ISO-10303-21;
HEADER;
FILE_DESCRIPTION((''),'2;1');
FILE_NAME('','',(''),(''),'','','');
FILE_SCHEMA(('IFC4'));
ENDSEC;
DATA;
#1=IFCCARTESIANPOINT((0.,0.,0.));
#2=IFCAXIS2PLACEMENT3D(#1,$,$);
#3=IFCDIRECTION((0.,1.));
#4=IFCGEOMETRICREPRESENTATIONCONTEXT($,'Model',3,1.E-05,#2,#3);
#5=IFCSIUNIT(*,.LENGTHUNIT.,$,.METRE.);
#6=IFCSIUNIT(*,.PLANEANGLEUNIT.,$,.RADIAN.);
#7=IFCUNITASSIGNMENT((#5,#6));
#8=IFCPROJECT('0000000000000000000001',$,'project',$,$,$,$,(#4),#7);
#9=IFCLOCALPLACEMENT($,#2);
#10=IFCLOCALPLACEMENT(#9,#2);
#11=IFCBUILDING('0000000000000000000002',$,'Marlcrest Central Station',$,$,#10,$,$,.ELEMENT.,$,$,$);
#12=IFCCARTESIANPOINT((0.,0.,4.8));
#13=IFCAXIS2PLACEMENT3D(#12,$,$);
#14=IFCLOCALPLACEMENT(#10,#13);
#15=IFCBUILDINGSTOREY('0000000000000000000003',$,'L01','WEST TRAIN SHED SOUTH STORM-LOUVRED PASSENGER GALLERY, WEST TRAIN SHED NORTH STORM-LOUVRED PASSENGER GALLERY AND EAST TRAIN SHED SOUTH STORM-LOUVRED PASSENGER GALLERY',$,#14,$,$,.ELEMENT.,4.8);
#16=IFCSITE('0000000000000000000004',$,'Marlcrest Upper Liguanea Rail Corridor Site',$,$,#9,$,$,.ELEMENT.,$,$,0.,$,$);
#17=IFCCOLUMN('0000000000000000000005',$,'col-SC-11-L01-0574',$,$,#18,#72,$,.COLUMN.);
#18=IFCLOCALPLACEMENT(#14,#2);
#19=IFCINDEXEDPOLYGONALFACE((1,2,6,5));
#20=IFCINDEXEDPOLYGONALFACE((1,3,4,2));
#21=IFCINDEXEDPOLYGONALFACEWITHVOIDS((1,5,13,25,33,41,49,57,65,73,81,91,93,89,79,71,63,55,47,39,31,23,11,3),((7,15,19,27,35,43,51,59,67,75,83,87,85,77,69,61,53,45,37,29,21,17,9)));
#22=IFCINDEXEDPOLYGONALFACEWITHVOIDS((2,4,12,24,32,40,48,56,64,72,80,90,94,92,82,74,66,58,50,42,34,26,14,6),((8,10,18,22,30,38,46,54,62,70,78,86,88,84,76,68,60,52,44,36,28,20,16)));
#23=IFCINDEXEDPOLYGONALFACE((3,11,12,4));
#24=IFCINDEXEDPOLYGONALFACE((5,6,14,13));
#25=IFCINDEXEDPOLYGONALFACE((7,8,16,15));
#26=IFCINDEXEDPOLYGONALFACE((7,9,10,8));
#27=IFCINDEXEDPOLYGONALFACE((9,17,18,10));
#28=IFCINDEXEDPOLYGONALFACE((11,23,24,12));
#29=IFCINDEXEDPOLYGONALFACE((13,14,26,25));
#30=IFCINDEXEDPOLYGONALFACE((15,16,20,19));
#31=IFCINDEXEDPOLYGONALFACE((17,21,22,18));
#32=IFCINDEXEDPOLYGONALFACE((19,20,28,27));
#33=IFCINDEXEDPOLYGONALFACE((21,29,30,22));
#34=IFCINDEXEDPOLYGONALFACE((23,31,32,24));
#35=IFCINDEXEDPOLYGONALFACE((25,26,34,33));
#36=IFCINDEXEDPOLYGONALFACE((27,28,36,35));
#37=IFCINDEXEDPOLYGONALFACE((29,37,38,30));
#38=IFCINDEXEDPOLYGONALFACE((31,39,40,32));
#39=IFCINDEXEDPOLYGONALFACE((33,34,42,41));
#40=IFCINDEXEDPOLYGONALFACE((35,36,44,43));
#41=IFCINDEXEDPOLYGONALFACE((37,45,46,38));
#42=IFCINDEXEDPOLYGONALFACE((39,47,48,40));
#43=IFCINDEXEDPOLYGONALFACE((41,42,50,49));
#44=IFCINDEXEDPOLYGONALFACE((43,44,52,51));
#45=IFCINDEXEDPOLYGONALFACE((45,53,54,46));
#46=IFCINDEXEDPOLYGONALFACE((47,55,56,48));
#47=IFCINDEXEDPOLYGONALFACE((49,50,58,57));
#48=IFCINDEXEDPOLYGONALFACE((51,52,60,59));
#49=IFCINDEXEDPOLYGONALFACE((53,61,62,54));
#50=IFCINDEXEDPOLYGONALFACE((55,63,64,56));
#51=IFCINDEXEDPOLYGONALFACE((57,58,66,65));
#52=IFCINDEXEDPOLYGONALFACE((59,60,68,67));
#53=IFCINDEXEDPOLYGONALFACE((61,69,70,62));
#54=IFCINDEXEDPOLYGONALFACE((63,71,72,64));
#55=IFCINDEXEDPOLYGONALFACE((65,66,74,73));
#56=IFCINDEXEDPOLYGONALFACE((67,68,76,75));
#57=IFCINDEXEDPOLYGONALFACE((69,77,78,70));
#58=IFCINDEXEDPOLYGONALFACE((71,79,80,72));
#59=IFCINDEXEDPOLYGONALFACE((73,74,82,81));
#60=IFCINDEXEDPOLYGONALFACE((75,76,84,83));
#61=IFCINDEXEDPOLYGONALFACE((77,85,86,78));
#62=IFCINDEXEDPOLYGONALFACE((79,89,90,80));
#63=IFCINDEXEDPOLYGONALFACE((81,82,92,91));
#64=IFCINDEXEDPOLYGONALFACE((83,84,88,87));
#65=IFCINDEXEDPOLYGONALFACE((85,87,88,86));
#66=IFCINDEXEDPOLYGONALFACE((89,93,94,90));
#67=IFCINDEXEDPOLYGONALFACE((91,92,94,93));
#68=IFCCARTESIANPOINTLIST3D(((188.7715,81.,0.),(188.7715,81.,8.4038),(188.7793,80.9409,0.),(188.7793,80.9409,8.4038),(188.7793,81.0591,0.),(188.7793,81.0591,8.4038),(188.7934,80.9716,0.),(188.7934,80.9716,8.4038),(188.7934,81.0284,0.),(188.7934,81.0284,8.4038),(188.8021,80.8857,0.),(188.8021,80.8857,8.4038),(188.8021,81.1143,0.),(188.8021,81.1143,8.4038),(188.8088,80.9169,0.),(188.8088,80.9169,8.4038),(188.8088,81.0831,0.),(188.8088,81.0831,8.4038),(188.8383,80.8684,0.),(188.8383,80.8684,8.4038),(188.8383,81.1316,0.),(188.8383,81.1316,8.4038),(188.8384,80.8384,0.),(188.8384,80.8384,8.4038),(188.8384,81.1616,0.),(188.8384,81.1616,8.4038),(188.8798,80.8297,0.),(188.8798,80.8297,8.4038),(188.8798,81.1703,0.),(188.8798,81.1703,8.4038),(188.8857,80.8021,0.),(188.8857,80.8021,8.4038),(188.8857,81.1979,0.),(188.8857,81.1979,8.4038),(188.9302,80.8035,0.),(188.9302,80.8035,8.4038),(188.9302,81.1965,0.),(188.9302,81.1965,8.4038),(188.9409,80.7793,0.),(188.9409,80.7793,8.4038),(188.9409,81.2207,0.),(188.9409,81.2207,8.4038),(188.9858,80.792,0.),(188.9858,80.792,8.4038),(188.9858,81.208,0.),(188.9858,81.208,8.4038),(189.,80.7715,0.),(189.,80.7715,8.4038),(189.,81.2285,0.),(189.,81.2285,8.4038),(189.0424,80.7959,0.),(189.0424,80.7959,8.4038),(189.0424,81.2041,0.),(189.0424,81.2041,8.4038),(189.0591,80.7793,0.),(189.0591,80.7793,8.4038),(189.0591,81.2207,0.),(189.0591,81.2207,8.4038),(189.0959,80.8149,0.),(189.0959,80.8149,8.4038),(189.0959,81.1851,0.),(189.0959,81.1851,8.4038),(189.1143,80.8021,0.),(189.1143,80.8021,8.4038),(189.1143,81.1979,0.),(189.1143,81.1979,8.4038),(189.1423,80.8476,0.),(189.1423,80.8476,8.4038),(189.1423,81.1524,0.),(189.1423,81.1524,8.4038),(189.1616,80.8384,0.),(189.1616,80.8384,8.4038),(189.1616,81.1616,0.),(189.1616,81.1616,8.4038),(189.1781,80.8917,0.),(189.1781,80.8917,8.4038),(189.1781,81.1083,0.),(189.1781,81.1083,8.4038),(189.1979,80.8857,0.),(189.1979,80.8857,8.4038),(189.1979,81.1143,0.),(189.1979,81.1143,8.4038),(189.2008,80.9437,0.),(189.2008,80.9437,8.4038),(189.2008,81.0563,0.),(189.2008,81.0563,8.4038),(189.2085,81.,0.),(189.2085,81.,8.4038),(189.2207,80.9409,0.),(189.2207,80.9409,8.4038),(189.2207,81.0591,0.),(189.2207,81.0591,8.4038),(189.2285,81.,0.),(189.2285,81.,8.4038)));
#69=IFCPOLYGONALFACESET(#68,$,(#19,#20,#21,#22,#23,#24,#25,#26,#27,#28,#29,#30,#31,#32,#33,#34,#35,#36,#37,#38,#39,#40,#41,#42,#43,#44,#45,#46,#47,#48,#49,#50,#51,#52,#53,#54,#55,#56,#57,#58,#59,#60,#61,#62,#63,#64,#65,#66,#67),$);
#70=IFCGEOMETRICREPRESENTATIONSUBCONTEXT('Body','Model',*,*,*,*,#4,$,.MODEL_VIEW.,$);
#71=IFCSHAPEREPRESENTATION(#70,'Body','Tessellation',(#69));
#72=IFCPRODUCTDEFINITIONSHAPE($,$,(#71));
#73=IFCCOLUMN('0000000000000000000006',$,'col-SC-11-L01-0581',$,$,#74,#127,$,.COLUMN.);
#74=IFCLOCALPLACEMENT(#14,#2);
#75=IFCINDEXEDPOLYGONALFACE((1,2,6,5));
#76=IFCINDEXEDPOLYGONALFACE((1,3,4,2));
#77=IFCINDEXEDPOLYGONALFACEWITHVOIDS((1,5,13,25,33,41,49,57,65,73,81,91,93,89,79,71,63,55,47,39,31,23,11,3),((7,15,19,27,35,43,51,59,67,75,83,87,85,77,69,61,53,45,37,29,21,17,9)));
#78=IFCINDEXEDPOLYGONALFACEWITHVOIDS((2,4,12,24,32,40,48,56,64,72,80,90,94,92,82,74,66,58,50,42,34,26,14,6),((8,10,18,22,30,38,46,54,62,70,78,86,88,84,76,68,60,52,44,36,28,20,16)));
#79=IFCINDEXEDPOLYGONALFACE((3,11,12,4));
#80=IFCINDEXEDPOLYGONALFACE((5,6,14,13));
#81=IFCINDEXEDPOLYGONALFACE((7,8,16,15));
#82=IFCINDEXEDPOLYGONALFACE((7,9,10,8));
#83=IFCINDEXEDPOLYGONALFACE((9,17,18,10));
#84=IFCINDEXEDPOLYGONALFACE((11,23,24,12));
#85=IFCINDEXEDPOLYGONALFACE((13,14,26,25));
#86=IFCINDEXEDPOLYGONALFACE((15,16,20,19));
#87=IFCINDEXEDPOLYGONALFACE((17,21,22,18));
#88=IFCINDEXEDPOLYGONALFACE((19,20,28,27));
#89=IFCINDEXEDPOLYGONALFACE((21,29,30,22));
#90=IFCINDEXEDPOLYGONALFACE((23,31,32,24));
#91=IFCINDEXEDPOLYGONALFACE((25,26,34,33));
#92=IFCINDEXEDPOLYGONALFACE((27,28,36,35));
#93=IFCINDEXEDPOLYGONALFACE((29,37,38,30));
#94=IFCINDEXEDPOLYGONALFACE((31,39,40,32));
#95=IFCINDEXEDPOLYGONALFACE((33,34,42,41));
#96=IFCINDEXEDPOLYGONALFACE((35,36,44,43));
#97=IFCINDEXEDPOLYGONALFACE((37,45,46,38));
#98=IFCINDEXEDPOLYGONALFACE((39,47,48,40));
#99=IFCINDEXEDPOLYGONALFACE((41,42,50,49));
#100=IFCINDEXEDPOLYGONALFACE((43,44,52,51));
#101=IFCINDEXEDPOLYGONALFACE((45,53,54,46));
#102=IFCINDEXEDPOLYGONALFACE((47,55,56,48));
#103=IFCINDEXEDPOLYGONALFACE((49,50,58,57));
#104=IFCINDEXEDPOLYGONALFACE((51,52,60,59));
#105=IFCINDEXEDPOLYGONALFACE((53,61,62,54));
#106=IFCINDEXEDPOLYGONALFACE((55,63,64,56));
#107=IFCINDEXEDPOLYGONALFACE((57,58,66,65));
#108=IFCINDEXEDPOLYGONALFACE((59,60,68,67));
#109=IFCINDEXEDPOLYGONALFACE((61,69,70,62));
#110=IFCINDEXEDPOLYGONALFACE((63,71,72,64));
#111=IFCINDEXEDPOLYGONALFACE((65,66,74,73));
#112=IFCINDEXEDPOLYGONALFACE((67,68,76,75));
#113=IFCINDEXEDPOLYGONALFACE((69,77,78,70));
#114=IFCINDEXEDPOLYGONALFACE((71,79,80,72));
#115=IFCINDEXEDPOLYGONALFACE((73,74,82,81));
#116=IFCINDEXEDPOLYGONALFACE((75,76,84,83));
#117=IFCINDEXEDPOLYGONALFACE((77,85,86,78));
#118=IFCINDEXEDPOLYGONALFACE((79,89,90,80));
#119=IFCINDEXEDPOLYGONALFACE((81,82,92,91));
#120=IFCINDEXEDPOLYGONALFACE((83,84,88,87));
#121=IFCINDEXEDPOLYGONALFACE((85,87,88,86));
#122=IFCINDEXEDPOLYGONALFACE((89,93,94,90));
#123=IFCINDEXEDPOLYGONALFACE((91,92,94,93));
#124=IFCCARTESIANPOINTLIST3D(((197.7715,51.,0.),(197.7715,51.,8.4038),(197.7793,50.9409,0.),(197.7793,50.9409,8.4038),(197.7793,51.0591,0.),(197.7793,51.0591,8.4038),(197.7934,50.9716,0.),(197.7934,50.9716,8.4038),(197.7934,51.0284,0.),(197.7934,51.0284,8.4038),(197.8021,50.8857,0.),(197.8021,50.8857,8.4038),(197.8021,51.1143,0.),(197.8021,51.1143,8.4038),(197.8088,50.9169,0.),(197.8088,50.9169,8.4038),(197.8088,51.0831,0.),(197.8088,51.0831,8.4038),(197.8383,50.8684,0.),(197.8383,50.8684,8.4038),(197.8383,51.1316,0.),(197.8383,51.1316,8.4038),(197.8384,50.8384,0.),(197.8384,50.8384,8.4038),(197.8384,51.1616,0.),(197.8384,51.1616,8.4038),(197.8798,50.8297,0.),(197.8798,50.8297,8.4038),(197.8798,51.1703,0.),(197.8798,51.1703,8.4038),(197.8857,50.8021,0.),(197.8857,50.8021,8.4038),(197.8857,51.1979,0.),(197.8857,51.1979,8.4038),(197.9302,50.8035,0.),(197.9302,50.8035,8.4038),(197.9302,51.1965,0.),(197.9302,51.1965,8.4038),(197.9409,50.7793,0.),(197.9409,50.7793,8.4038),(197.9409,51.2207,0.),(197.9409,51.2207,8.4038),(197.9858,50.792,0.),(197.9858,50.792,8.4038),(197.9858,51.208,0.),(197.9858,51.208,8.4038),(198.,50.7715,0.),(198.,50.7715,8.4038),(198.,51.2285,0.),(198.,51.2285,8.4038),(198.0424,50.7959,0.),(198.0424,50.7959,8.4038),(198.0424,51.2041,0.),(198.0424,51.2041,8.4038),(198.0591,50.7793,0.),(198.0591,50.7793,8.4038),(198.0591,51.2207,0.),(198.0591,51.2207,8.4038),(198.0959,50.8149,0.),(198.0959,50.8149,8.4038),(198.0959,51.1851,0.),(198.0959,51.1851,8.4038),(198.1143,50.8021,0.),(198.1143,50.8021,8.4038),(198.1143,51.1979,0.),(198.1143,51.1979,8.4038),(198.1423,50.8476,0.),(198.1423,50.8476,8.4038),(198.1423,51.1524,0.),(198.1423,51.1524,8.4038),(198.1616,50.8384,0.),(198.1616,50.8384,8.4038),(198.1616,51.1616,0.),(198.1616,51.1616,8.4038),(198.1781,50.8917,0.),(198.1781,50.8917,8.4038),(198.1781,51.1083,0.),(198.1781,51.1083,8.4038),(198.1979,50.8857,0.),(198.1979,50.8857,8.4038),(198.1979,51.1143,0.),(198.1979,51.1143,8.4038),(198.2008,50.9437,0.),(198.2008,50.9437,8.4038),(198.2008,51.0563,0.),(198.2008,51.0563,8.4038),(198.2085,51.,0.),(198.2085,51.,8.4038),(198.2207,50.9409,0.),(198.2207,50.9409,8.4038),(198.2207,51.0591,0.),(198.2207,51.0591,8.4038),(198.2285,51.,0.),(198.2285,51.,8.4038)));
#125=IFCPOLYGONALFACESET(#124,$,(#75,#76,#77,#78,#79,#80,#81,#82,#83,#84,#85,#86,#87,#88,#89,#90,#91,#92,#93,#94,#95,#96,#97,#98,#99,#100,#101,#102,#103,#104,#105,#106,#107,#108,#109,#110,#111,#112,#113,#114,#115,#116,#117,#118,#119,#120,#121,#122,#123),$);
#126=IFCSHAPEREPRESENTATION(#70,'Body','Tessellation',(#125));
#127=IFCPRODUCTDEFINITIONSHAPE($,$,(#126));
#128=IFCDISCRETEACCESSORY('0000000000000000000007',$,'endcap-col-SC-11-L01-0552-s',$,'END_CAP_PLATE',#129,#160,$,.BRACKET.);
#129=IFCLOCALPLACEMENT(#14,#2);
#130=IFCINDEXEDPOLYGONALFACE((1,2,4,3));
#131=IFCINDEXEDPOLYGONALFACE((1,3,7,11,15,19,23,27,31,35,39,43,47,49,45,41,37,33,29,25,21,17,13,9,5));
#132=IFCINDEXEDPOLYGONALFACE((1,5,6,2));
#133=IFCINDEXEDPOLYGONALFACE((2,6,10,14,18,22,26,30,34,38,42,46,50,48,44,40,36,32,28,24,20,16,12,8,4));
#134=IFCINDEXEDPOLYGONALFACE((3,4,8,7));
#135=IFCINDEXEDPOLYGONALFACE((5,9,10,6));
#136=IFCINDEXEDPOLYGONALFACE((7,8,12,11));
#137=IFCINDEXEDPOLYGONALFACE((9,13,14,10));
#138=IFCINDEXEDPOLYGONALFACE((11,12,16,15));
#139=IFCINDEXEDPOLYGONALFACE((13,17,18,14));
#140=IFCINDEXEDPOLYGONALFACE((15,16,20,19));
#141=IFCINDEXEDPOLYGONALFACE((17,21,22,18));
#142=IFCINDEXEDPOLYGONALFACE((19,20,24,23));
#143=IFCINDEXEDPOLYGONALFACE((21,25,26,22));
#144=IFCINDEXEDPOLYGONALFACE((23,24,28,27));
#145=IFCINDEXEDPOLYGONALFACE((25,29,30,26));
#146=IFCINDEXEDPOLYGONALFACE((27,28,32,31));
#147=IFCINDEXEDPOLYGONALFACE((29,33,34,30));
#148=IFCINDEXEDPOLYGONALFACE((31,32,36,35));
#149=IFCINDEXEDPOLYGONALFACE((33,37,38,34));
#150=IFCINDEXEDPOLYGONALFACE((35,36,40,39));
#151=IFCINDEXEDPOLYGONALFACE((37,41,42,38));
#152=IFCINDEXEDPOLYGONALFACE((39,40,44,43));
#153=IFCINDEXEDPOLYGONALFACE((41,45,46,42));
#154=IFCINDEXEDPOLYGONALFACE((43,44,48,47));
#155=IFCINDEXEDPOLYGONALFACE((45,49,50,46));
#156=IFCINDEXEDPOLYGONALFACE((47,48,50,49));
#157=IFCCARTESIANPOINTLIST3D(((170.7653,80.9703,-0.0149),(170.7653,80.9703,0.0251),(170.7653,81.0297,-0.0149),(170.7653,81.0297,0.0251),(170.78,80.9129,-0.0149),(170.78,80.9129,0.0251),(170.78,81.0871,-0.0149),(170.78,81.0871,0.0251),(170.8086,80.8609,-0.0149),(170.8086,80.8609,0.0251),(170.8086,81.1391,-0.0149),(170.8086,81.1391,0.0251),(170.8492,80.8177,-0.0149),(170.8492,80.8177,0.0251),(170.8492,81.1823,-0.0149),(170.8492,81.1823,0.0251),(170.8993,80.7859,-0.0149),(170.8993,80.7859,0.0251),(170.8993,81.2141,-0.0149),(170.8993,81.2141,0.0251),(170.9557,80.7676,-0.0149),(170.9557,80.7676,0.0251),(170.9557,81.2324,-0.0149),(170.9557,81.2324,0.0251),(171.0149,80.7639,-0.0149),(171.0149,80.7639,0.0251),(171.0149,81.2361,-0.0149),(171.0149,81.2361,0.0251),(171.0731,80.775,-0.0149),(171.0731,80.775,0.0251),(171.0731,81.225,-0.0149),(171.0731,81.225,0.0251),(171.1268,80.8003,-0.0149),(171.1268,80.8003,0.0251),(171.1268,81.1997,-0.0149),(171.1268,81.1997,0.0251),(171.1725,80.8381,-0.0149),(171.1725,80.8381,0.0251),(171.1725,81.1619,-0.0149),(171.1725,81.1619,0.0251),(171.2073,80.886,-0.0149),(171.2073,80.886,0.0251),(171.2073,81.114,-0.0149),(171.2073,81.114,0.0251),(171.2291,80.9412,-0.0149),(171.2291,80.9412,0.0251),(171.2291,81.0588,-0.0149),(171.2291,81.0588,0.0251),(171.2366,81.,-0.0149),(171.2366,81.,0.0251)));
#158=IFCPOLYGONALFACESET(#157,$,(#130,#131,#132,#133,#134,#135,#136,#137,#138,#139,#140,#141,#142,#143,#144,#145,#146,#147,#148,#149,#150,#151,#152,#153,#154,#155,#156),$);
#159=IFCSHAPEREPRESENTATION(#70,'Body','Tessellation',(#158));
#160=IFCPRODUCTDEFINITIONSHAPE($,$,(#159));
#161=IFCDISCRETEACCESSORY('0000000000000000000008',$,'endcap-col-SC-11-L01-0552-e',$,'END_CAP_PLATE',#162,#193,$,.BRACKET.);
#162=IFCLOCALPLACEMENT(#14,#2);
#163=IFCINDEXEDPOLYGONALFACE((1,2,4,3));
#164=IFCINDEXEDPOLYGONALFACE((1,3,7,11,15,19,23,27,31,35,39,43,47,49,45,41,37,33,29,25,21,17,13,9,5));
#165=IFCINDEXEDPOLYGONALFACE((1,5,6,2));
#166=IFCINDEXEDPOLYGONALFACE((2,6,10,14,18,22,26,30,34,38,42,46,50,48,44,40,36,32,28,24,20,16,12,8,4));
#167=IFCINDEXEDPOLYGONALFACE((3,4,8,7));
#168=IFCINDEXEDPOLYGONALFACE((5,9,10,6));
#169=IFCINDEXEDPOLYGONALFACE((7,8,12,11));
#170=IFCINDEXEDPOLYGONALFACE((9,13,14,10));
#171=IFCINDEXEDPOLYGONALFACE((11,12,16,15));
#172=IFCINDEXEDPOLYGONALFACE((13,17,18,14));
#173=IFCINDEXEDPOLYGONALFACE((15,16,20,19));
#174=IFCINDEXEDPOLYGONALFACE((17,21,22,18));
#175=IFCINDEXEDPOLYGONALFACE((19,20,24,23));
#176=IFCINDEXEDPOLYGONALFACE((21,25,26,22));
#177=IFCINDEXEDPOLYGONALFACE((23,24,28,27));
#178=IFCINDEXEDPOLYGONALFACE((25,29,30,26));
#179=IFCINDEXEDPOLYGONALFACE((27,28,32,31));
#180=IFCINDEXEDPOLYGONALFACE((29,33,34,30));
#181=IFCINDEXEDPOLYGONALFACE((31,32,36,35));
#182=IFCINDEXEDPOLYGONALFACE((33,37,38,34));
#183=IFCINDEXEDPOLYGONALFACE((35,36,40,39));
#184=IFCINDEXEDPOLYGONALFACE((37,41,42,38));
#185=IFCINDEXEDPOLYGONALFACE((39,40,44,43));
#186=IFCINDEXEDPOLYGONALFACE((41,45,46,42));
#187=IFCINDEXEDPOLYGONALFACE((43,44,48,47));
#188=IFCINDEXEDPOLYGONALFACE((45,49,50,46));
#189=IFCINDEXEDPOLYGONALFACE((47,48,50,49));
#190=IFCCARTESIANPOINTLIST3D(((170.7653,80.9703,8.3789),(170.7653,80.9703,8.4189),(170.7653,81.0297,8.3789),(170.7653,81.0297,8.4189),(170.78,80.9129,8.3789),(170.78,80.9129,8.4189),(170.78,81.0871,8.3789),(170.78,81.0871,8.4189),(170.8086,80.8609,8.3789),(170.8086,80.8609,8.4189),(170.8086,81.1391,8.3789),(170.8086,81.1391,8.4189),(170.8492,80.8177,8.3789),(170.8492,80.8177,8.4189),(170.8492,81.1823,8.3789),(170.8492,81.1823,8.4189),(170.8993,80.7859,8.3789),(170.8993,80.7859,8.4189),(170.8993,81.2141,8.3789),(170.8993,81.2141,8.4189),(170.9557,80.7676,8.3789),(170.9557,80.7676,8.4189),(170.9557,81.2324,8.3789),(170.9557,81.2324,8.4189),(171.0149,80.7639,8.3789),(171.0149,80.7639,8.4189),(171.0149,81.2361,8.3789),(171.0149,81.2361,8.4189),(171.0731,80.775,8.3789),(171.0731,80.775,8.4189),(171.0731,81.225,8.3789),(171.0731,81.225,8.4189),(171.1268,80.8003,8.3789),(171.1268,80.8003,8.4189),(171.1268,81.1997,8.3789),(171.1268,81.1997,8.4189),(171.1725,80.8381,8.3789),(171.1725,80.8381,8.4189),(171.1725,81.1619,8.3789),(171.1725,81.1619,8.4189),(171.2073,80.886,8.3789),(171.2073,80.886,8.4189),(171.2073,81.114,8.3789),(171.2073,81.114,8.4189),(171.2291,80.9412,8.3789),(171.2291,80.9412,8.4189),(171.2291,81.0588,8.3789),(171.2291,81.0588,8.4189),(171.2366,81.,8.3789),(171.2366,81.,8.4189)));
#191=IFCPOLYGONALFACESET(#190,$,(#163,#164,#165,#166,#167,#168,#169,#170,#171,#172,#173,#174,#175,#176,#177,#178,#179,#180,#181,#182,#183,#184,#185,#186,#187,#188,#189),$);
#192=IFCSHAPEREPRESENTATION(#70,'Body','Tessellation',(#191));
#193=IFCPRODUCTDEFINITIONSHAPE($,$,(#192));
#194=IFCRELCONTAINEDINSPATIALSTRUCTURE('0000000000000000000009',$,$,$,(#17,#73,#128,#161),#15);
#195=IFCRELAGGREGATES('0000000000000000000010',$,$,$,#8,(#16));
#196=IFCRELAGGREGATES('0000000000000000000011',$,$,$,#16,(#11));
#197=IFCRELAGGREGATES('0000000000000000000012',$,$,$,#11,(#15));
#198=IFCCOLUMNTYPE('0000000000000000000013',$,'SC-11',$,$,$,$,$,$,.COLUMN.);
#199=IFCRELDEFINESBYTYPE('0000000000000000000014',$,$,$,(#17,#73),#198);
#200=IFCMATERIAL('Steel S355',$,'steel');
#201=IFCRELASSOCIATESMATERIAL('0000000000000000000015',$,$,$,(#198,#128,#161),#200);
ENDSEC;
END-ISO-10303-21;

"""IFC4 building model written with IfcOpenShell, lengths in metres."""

from ifc_helpers import new_model, si_unit, direction, frame, origin, origin_2d, place, context, subcontext, project, spatial, circle, hollow_circle, extrude, material, material_profile, profile_set, type_object, element, save


model = new_model("IFC4")

# Units and contexts
model_context = context("Model", 3, precision=1e-05, world=origin(), true_north=direction((0.0, 1.0)))
body_context = subcontext(model_context, "Body", "Model", "MODEL_VIEW")
ifc_project = project(units=[si_unit("LENGTHUNIT", "METRE"), si_unit("PLANEANGLEUNIT", "RADIAN")], contexts=[model_context])

# Site, building, storey
site_placement = place(None, origin())
site = spatial("IfcSite", under=ifc_project, at=site_placement, Name="Marlcrest Upper Liguanea Rail Corridor Site", CompositionType="ELEMENT", RefElevation=0.0)
building_placement = place(site_placement, origin())
building = spatial("IfcBuilding", under=site, at=building_placement, Name="Marlcrest Central Station", CompositionType="ELEMENT")
storey_placement = place(building_placement, frame((0.0, 0.0, 4.8)))
storey = spatial("IfcBuildingStorey", under=building, at=storey_placement, Name="L01", Description="WEST TRAIN SHED SOUTH STORM-LOUVRED PASSENGER GALLERY, WEST TRAIN SHED NORTH STORM-LOUVRED PASSENGER GALLERY AND EAST TRAIN SHED SOUTH STORM-LOUVRED PASSENGER GALLERY", CompositionType="ELEMENT", Elevation=4.8)

# Columns
ifc_material = material(Name="Steel S355", Category="steel")
ifc_material_profile = material_profile(ifc_material, hollow_circle(Radius=0.2285, WallThickness=0.02, at=origin_2d()), Name="CHS 457x20")
ifc_profile_set = profile_set([ifc_material_profile], Name="Steel S355")
column_type = type_object("IfcColumnType", Name="SC-11", PredefinedType="COLUMN", material=ifc_profile_set)
for number, where, z_axis, x_axis, name in (
    (1, (189.0, 81.0, 0.0), (0.0, 0.0, 1.0), (1.0, 0.0, 0.0), "col-SC-11-L01-0574"),
    (2, (198.0, 51.0, 0.0), (0.0, 0.0, 1.0), (1.0, 0.0, 0.0), "col-SC-11-L01-0581"),
):
    element("IfcColumn", number, at=place(storey_placement, frame(where, z_axis=z_axis, x_axis=x_axis)), inside=storey, type_object=column_type, Name=name, PredefinedType="COLUMN", context=body_context, shape_type="SweptSolid", body=[
        extrude(hollow_circle(Radius=0.2285, WallThickness=0.02, at=origin_2d()), origin(), (0.0, 0.0, 1.0), 8.4038),
    ])

# Discrete accessories
for number, where, z_axis, x_axis, name in (
    (3, (171.0, 81.0, -0.0149), (0.0, 0.0, 1.0), (1.0, 0.0, 0.0), "endcap-col-SC-11-L01-0552-s"),
    (4, (171.0, 81.0, 8.3789), (0.0, 0.0, 1.0), (1.0, 0.0, 0.0), "endcap-col-SC-11-L01-0552-e"),
):
    element("IfcDiscreteAccessory", number, at=place(storey_placement, frame(where, z_axis=z_axis, x_axis=x_axis)), inside=storey, material=ifc_material, Name=name, ObjectType="END_CAP_PLATE", PredefinedType="BRACKET", context=body_context, shape_type="SweptSolid", body=[
        extrude(circle(Radius=0.2366, at=origin_2d()), origin(), (0.0, 0.0, 1.0), 0.04),
    ])

save(model, "model.ifc")
